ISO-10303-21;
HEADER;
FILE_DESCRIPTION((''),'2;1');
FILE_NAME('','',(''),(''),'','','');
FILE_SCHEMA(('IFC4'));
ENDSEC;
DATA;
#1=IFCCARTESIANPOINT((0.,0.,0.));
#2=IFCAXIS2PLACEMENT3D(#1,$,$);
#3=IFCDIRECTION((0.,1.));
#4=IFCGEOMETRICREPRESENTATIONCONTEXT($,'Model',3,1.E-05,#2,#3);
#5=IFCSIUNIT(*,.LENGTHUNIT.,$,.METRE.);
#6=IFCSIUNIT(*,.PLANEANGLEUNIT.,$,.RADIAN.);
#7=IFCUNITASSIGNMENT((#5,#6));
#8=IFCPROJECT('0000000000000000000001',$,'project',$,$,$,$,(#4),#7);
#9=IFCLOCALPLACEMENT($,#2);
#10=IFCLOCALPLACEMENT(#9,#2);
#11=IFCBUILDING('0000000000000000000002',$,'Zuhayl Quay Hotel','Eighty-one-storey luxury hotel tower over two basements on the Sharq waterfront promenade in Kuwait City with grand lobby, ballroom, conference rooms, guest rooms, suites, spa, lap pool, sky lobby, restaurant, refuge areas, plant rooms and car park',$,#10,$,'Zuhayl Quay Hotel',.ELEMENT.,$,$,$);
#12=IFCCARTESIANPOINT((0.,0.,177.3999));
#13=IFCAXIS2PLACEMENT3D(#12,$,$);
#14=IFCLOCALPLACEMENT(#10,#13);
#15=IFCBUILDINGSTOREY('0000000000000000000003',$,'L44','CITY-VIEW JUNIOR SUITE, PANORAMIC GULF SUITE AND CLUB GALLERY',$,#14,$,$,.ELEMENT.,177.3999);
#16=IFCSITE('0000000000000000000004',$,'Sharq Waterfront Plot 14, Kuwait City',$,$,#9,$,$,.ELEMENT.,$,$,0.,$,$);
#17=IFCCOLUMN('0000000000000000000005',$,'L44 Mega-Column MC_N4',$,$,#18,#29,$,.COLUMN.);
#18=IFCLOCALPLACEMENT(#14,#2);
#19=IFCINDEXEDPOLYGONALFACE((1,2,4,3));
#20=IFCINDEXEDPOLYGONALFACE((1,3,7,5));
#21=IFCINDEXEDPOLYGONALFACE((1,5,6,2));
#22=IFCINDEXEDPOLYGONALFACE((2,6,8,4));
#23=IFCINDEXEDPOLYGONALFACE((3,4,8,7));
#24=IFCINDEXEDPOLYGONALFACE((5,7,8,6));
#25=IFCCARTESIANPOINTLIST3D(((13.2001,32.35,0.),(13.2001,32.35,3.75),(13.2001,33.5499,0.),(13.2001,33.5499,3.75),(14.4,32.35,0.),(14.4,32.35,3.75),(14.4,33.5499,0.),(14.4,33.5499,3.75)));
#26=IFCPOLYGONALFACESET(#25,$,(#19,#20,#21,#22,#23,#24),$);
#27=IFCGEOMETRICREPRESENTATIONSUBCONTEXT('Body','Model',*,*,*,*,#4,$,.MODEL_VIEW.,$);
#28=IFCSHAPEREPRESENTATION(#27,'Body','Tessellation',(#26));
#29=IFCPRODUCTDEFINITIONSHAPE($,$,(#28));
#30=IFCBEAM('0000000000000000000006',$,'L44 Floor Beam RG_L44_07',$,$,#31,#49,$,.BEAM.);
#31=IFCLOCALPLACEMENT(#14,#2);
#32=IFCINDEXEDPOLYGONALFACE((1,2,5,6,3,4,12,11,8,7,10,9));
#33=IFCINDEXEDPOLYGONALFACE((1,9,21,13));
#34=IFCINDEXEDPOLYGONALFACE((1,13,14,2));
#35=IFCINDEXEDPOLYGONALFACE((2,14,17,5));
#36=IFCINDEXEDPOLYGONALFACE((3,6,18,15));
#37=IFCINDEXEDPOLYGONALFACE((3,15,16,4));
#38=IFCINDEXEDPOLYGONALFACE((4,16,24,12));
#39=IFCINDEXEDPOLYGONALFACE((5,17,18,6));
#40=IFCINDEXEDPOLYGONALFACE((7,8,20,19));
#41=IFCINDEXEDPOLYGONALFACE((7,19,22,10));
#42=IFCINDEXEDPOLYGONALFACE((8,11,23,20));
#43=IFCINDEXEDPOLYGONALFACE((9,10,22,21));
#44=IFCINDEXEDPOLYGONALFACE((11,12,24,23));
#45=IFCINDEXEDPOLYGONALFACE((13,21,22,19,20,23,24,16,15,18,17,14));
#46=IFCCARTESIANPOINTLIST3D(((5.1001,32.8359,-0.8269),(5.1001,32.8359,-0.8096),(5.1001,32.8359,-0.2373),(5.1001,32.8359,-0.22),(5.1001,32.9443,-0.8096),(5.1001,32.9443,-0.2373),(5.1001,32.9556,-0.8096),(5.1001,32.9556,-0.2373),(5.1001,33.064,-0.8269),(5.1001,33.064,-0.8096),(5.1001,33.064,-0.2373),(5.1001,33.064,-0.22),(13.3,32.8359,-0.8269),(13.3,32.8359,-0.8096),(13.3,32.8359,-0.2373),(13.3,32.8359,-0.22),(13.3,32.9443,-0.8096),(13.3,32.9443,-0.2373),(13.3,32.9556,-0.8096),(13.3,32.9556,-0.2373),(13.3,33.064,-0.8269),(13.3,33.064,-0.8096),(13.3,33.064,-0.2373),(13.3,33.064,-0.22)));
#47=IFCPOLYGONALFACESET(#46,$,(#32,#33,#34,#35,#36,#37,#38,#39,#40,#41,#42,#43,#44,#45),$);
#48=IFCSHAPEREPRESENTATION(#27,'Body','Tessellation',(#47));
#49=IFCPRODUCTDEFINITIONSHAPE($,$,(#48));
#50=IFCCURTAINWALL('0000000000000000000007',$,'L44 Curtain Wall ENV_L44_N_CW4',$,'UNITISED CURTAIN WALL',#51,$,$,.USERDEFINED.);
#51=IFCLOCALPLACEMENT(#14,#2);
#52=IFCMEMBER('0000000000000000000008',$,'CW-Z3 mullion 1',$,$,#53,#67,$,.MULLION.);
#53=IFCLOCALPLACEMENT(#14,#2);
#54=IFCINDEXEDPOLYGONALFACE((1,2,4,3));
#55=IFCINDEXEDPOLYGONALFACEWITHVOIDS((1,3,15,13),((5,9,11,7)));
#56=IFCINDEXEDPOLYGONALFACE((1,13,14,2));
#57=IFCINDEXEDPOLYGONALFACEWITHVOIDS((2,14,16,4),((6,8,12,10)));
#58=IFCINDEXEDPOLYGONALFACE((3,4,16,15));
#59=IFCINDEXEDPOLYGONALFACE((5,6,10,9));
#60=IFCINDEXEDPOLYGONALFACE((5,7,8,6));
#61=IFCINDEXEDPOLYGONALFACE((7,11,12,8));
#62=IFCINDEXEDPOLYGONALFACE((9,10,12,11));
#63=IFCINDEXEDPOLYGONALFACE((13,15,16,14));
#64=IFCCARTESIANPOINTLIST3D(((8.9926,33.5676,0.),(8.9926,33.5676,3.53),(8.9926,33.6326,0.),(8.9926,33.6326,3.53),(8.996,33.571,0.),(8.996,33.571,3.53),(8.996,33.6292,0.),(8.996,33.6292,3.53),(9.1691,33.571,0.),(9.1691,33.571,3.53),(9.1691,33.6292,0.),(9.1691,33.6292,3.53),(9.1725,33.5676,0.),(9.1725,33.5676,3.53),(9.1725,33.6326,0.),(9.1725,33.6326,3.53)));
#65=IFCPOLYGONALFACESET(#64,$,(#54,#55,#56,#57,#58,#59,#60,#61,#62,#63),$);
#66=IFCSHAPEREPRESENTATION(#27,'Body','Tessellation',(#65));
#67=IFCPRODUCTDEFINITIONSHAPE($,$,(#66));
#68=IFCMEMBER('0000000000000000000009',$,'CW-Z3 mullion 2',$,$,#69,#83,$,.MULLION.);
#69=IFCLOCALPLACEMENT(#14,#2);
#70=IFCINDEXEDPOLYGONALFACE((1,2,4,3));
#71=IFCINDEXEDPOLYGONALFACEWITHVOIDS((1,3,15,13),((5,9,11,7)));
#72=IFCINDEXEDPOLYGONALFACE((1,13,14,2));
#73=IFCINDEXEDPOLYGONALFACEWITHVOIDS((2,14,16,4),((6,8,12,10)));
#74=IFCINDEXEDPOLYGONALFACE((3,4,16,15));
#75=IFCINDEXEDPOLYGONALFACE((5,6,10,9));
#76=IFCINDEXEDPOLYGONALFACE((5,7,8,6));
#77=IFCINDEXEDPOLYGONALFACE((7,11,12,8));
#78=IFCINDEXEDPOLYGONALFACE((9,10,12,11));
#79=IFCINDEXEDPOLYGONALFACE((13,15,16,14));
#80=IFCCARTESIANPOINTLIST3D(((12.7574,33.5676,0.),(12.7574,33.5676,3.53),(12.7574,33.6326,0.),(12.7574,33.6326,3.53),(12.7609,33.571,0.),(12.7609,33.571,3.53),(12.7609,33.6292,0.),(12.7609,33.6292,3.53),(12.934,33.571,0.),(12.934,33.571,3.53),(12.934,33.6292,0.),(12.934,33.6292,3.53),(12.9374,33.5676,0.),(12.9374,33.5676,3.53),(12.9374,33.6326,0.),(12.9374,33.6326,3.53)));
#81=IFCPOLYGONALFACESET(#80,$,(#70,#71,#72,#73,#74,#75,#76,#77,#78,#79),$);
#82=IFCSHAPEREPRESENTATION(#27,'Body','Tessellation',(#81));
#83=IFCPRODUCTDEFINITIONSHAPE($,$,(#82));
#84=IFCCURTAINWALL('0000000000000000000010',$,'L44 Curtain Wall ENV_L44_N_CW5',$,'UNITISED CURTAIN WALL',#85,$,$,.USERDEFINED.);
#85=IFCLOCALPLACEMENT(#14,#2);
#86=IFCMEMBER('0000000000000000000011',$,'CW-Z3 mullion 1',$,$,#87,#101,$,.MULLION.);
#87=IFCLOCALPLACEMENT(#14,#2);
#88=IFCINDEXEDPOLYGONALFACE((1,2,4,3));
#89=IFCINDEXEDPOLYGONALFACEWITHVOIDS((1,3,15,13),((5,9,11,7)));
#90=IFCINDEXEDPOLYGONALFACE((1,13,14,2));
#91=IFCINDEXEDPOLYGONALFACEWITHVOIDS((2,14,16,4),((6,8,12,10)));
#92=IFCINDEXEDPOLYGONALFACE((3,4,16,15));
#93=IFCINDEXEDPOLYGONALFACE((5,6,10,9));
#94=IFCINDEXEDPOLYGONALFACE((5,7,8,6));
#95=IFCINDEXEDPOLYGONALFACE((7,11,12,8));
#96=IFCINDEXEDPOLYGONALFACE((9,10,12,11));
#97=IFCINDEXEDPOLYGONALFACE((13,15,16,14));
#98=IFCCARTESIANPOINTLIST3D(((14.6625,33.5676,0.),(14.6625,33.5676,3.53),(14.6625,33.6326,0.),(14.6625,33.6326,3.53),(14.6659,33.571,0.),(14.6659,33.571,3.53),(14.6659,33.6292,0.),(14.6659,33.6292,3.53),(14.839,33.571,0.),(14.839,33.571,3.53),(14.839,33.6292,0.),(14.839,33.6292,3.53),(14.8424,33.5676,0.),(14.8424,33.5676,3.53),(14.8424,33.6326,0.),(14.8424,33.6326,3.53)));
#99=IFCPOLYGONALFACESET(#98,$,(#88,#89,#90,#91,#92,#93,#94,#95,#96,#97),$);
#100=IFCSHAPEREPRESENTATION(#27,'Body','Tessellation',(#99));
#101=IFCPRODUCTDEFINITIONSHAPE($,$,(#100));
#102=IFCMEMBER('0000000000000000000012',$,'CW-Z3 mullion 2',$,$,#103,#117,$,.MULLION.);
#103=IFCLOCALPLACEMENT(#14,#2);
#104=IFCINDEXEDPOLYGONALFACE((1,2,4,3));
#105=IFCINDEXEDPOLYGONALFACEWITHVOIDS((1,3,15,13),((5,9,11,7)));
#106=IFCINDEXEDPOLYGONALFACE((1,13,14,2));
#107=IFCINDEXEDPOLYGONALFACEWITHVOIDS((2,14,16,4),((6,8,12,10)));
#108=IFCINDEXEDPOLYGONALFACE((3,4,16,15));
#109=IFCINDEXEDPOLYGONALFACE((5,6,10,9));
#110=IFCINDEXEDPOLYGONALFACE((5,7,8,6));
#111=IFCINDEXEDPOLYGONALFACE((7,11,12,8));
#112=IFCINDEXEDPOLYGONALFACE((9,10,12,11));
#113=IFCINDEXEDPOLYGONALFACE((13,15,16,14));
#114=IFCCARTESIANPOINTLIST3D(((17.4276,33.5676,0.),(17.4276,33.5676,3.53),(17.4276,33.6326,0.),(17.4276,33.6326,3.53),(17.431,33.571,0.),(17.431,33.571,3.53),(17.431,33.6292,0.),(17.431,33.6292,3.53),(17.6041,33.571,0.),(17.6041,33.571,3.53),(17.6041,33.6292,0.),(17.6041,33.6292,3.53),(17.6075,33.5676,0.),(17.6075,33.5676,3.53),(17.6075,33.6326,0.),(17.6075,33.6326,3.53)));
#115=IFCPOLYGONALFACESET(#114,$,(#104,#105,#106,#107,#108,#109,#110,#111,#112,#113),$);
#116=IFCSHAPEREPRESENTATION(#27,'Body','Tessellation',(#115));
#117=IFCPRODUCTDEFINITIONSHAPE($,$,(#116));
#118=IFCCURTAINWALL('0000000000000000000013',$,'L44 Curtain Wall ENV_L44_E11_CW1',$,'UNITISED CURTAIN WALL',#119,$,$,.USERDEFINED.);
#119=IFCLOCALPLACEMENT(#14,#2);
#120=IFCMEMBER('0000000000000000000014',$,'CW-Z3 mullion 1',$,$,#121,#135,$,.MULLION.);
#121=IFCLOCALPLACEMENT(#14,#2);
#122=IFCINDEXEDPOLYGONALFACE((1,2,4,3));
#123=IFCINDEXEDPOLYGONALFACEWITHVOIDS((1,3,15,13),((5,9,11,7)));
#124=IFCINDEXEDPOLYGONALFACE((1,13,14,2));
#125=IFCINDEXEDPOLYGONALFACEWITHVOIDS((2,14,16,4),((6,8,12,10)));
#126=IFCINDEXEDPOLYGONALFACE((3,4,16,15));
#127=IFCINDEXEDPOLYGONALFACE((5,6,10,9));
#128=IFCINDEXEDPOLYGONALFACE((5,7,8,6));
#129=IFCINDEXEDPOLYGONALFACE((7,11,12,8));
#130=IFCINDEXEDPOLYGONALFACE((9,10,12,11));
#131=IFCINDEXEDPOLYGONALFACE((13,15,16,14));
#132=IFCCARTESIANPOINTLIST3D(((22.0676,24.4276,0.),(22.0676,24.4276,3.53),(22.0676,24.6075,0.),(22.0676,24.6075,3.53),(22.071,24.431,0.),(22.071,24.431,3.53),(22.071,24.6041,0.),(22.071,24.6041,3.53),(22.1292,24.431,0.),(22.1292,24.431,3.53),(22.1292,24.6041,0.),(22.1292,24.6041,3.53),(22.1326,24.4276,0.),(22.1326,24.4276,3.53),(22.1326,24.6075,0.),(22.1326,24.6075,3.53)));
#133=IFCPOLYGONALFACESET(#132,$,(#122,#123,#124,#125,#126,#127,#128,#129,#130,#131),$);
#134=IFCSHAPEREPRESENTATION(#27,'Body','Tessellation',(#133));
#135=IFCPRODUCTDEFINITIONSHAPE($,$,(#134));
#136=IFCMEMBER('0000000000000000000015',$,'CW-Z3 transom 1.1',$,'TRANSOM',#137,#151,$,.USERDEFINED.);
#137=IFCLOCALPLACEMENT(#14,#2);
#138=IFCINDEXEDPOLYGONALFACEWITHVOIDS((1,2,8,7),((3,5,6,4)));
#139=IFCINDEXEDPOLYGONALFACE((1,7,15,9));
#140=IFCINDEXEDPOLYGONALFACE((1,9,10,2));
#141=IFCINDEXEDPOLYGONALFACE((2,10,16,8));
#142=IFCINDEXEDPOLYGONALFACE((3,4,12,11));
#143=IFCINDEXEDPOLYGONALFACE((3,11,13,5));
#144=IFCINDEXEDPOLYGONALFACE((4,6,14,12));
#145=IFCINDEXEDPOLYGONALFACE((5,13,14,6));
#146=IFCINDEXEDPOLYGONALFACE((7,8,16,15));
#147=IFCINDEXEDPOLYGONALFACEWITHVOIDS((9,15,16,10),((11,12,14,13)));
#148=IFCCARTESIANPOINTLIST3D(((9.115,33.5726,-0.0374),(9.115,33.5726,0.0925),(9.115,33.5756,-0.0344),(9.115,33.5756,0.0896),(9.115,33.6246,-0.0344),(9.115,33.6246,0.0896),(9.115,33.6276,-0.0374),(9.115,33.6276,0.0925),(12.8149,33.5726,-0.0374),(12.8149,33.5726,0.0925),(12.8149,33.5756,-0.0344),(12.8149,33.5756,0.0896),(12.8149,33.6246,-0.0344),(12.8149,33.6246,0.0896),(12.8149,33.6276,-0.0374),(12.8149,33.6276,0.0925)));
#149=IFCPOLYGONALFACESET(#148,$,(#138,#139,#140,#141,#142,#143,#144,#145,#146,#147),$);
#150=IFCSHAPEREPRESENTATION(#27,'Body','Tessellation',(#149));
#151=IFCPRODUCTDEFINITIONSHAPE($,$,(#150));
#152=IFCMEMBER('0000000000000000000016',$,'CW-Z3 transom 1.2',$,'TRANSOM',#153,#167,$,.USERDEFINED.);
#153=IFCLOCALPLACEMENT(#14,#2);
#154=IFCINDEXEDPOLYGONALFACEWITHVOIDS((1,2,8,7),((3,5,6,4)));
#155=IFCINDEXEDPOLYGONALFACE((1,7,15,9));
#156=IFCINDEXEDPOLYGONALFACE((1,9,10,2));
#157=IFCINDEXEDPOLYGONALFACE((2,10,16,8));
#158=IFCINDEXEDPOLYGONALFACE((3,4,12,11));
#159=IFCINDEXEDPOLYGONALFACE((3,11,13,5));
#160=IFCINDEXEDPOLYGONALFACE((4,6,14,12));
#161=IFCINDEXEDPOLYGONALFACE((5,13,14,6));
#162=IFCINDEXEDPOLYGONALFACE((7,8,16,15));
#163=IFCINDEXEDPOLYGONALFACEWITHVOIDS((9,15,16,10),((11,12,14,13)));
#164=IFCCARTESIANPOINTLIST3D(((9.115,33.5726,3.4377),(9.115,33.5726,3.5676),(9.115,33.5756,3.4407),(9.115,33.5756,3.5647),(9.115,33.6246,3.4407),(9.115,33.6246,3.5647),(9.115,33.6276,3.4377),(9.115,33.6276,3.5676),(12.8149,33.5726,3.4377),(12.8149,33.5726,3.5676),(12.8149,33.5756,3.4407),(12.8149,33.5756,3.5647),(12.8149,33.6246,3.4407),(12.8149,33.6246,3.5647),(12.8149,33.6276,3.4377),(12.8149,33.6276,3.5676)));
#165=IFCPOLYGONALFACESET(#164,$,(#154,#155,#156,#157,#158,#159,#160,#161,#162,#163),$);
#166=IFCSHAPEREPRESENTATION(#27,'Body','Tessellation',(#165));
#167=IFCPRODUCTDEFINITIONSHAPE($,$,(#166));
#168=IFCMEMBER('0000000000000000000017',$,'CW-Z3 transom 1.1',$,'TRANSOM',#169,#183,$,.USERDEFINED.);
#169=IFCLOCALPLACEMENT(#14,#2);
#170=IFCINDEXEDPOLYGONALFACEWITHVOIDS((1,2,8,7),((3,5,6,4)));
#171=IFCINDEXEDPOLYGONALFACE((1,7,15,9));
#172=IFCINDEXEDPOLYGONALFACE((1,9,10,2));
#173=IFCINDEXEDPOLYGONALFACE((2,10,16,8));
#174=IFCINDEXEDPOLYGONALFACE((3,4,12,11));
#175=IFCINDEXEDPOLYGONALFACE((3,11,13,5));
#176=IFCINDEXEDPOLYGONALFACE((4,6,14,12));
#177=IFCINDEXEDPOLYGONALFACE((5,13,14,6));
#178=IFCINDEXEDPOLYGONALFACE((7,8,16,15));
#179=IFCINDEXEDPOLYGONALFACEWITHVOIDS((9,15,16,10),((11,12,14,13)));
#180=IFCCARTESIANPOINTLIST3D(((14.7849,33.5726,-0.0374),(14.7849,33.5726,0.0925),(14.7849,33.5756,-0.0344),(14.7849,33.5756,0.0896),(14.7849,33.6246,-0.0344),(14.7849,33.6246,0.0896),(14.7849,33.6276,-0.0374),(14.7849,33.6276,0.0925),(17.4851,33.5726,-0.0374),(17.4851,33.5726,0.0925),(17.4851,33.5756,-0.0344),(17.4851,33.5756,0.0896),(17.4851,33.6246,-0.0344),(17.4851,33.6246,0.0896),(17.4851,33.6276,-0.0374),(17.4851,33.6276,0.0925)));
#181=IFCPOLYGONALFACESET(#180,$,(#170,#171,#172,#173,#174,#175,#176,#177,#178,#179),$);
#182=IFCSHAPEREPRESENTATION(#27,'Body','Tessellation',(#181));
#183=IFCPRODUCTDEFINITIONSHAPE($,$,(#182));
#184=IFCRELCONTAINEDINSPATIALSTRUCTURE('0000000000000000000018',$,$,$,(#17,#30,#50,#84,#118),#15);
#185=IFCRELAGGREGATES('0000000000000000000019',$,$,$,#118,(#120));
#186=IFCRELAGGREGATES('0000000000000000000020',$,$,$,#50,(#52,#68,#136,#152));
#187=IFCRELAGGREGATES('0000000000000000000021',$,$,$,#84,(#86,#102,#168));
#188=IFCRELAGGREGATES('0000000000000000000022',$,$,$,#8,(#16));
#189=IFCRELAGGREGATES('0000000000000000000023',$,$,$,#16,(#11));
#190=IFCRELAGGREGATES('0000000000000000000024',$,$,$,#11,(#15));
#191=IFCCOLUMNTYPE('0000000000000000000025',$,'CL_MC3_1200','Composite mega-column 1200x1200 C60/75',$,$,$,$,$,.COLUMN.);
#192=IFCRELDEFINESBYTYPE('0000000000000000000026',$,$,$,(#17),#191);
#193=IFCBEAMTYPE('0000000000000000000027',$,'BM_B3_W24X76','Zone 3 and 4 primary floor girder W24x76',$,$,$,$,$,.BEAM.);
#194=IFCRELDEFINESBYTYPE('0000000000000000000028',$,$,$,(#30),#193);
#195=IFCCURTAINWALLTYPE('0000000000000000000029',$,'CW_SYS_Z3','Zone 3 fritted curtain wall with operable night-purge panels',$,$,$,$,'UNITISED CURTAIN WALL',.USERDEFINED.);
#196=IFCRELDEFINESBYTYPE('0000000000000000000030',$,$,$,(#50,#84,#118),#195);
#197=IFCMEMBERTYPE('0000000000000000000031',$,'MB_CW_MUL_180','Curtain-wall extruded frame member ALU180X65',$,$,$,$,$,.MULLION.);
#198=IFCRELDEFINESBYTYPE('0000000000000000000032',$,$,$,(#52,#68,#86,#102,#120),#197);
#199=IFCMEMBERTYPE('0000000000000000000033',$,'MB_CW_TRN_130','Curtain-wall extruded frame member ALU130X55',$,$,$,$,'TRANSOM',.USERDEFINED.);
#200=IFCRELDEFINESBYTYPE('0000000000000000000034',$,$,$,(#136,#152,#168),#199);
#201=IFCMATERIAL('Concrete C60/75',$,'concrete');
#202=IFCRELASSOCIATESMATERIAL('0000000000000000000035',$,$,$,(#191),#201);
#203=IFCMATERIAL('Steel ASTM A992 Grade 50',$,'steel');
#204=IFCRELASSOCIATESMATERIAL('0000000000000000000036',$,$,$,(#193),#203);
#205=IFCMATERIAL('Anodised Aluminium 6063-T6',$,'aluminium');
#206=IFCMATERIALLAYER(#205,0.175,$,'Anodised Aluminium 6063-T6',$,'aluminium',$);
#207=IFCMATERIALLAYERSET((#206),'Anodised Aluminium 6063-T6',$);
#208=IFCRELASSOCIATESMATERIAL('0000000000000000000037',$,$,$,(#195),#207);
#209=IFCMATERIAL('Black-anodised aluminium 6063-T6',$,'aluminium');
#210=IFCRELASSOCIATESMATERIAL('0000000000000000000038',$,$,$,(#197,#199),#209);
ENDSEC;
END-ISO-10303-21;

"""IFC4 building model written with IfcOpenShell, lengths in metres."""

from ifc_helpers import new_model, si_unit, direction, frame, origin, origin_2d, place, context, subcontext, project, spatial, rectangle, hollow_rectangle, i_section, extrude, material, layer, layer_set, material_profile, profile_set, type_object, element, aggregate, save


model = new_model("IFC4")

# Units and contexts
model_context = context("Model", 3, precision=1e-05, world=origin(), true_north=direction((0.0, 1.0)))
body_context = subcontext(model_context, "Body", "Model", "MODEL_VIEW")
ifc_project = project(units=[si_unit("LENGTHUNIT", "METRE"), si_unit("PLANEANGLEUNIT", "RADIAN")], contexts=[model_context])

# Site, building, storey
site_placement = place(None, origin())
site = spatial("IfcSite", under=ifc_project, at=site_placement, Name="Sharq Waterfront Plot 14, Kuwait City", CompositionType="ELEMENT", RefElevation=0.0)
building_placement = place(site_placement, origin())
building = spatial("IfcBuilding", under=site, at=building_placement, Name="Zuhayl Quay Hotel", Description="Eighty-one-storey luxury hotel tower over two basements on the Sharq waterfront promenade in Kuwait City with grand lobby, ballroom, conference rooms, guest rooms, suites, spa, lap pool, sky lobby, restaurant, refuge areas, plant rooms and car park", LongName="Zuhayl Quay Hotel", CompositionType="ELEMENT")
storey_placement = place(building_placement, frame((0.0, 0.0, 177.3999)))
storey = spatial("IfcBuildingStorey", under=building, at=storey_placement, Name="L44", Description="CITY-VIEW JUNIOR SUITE, PANORAMIC GULF SUITE AND CLUB GALLERY", CompositionType="ELEMENT", Elevation=177.3999)

# Column
ifc_material_1 = material(Name="Concrete C60/75", Category="concrete")
ifc_material_profile_1 = material_profile(ifc_material_1, rectangle(XDim=1.2, YDim=1.2, at=origin_2d()), Name="RC1200X1200")
ifc_profile_set_1 = profile_set([ifc_material_profile_1], Name="Concrete C60/75")
column_type = type_object("IfcColumnType", Name="CL_MC3_1200", Description="Composite mega-column 1200x1200 C60/75", PredefinedType="COLUMN", material=ifc_profile_set_1)
column_placement = place(storey_placement, frame((13.8, 32.95, 0.0), z_axis=(0.0, 0.0, 1.0), x_axis=(1.0, 0.0, 0.0)))
element("IfcColumn", 1, at=column_placement, inside=storey, type_object=column_type, Name="L44 Mega-Column MC_N4", PredefinedType="COLUMN", context=body_context, shape_type="SweptSolid", body=[
    extrude(rectangle(XDim=1.2, YDim=1.2, at=origin_2d()), origin(), (0.0, 0.0, 1.0), 3.75),
])

# Beam
ifc_material_2 = material(Name="Steel ASTM A992 Grade 50", Category="steel")
ifc_material_profile_2 = material_profile(ifc_material_2, i_section(OverallWidth=0.228, OverallDepth=0.6069, WebThickness=0.0112, FlangeThickness=0.0173, at=origin_2d()), Name="W24X76")
ifc_profile_set_2 = profile_set([ifc_material_profile_2], Name="Steel ASTM A992 Grade 50")
beam_type = type_object("IfcBeamType", Name="BM_B3_W24X76", Description="Zone 3 and 4 primary floor girder W24x76", PredefinedType="BEAM", material=ifc_profile_set_2)
beam_placement = place(storey_placement, frame((13.3, 32.95, -0.5234), z_axis=(-1.0, 0.0, 0.0), x_axis=(0.0, -1.0, 0.0)))
element("IfcBeam", 2, at=beam_placement, inside=storey, type_object=beam_type, Name="L44 Floor Beam RG_L44_07", PredefinedType="BEAM", context=body_context, shape_type="SweptSolid", body=[
    extrude(i_section(OverallWidth=0.228, OverallDepth=0.6069, WebThickness=0.0112, FlangeThickness=0.0173, at=origin_2d()), origin(), (0.0, 0.0, 1.0), 8.2),
])

# Curtain walls, members
ifc_material_3 = material(Name="Anodised Aluminium 6063-T6", Category="aluminium")
ifc_layer_1 = layer(ifc_material_3, 0.175, Name="Anodised Aluminium 6063-T6", Category="aluminium")
ifc_layer_set_1 = layer_set([ifc_layer_1], Name="Anodised Aluminium 6063-T6")
curtain_wall_type = type_object("IfcCurtainWallType", Name="CW_SYS_Z3", Description="Zone 3 fritted curtain wall with operable night-purge panels", ElementType="UNITISED CURTAIN WALL", PredefinedType="USERDEFINED", material=ifc_layer_set_1)
curtain_wall_1_placement = place(storey_placement, origin())
curtain_wall_1 = element("IfcCurtainWall", 3, at=curtain_wall_1_placement, inside=storey, type_object=curtain_wall_type, Name="L44 Curtain Wall ENV_L44_N_CW4", ObjectType="UNITISED CURTAIN WALL", PredefinedType="USERDEFINED")
ifc_material_4 = material(Name="Black-anodised aluminium 6063-T6", Category="aluminium")
ifc_material_profile_3 = material_profile(ifc_material_4, hollow_rectangle(XDim=0.0649, YDim=0.1799, WallThickness=0.0034, at=origin_2d()), Name="ALU180X65")
ifc_profile_set_3 = profile_set([ifc_material_profile_3], Name="Black-anodised aluminium 6063-T6")
member_type_1 = type_object("IfcMemberType", Name="MB_CW_MUL_180", Description="Curtain-wall extruded frame member ALU180X65", PredefinedType="MULLION", material=ifc_profile_set_3)
member_1_placement = place(storey_placement, frame((9.0825, 33.6001, 0.0), z_axis=(0.0, 0.0, 1.0), x_axis=(0.0, 1.0, 0.0)))
member_1 = element("IfcMember", 4, at=member_1_placement, type_object=member_type_1, Name="CW-Z3 mullion 1", PredefinedType="MULLION", context=body_context, shape_type="SweptSolid", body=[
    extrude(hollow_rectangle(XDim=0.0649, YDim=0.1799, WallThickness=0.0034, at=origin_2d()), origin(), (0.0, 0.0, 1.0), 3.53),
])
member_2_placement = place(storey_placement, frame((12.8474, 33.6001, 0.0), z_axis=(0.0, 0.0, 1.0), x_axis=(0.0, 1.0, 0.0)))
member_2 = element("IfcMember", 5, at=member_2_placement, type_object=member_type_1, Name="CW-Z3 mullion 2", PredefinedType="MULLION", context=body_context, shape_type="SweptSolid", body=[
    extrude(hollow_rectangle(XDim=0.0649, YDim=0.1799, WallThickness=0.0034, at=origin_2d()), origin(), (0.0, 0.0, 1.0), 3.53),
])
curtain_wall_2_placement = place(storey_placement, origin())
curtain_wall_2 = element("IfcCurtainWall", 6, at=curtain_wall_2_placement, inside=storey, type_object=curtain_wall_type, Name="L44 Curtain Wall ENV_L44_N_CW5", ObjectType="UNITISED CURTAIN WALL", PredefinedType="USERDEFINED")
member_3_placement = place(storey_placement, frame((14.7524, 33.6001, 0.0), z_axis=(0.0, 0.0, 1.0), x_axis=(0.0, 1.0, 0.0)))
member_3 = element("IfcMember", 7, at=member_3_placement, type_object=member_type_1, Name="CW-Z3 mullion 1", PredefinedType="MULLION", context=body_context, shape_type="SweptSolid", body=[
    extrude(hollow_rectangle(XDim=0.0649, YDim=0.1799, WallThickness=0.0034, at=origin_2d()), origin(), (0.0, 0.0, 1.0), 3.53),
])
member_4_placement = place(storey_placement, frame((17.5176, 33.6001, 0.0), z_axis=(0.0, 0.0, 1.0), x_axis=(0.0, 1.0, 0.0)))
member_4 = element("IfcMember", 8, at=member_4_placement, type_object=member_type_1, Name="CW-Z3 mullion 2", PredefinedType="MULLION", context=body_context, shape_type="SweptSolid", body=[
    extrude(hollow_rectangle(XDim=0.0649, YDim=0.1799, WallThickness=0.0034, at=origin_2d()), origin(), (0.0, 0.0, 1.0), 3.53),
])

# Curtain wall, member
curtain_wall_3_placement = place(storey_placement, origin())
curtain_wall_3 = element("IfcCurtainWall", 9, at=curtain_wall_3_placement, inside=storey, type_object=curtain_wall_type, Name="L44 Curtain Wall ENV_L44_E11_CW1", ObjectType="UNITISED CURTAIN WALL", PredefinedType="USERDEFINED")
member_5_placement = place(storey_placement, frame((22.1001, 24.5176, 0.0), z_axis=(0.0, 0.0, 1.0), x_axis=(1.0, 0.0, 0.0)))
member_5 = element("IfcMember", 10, at=member_5_placement, type_object=member_type_1, Name="CW-Z3 mullion 1", PredefinedType="MULLION", context=body_context, shape_type="SweptSolid", body=[
    extrude(hollow_rectangle(XDim=0.0649, YDim=0.1799, WallThickness=0.0034, at=origin_2d()), origin(), (0.0, 0.0, 1.0), 3.53),
])

# Members
ifc_material_profile_4 = material_profile(ifc_material_4, hollow_rectangle(XDim=0.0549, YDim=0.1299, WallThickness=0.0029, at=origin_2d()), Name="ALU130X55")
ifc_profile_set_4 = profile_set([ifc_material_profile_4], Name="Black-anodised aluminium 6063-T6")
member_type_2 = type_object("IfcMemberType", Name="MB_CW_TRN_130", Description="Curtain-wall extruded frame member ALU130X55", ElementType="TRANSOM", PredefinedType="USERDEFINED", material=ifc_profile_set_4)
member_6_placement = place(storey_placement, frame((9.115, 33.6001, 0.0276), z_axis=(1.0, 0.0, 0.0), x_axis=(0.0, 1.0, 0.0)))
member_6 = element("IfcMember", 11, at=member_6_placement, type_object=member_type_2, Name="CW-Z3 transom 1.1", ObjectType="TRANSOM", PredefinedType="USERDEFINED", context=body_context, shape_type="SweptSolid", body=[
    extrude(hollow_rectangle(XDim=0.0549, YDim=0.1299, WallThickness=0.0029, at=origin_2d()), origin(), (0.0, 0.0, 1.0), 3.7),
])
member_7_placement = place(storey_placement, frame((9.115, 33.6001, 3.5027), z_axis=(1.0, 0.0, 0.0), x_axis=(0.0, 1.0, 0.0)))
member_7 = element("IfcMember", 12, at=member_7_placement, type_object=member_type_2, Name="CW-Z3 transom 1.2", ObjectType="TRANSOM", PredefinedType="USERDEFINED", context=body_context, shape_type="SweptSolid", body=[
    extrude(hollow_rectangle(XDim=0.0549, YDim=0.1299, WallThickness=0.0029, at=origin_2d()), origin(), (0.0, 0.0, 1.0), 3.7),
])
member_8_placement = place(storey_placement, frame((14.7849, 33.6001, 0.0276), z_axis=(1.0, 0.0, 0.0), x_axis=(0.0, 1.0, 0.0)))
member_8 = element("IfcMember", 13, at=member_8_placement, type_object=member_type_2, Name="CW-Z3 transom 1.1", ObjectType="TRANSOM", PredefinedType="USERDEFINED", context=body_context, shape_type="SweptSolid", body=[
    extrude(hollow_rectangle(XDim=0.0549, YDim=0.1299, WallThickness=0.0029, at=origin_2d()), origin(), (0.0, 0.0, 1.0), 2.7002),
])
aggregate(curtain_wall_3, [member_5])

aggregate(curtain_wall_1, [member_1, member_2, member_6, member_7])
aggregate(curtain_wall_2, [member_3, member_4, member_8])

save(model, "model.ifc")
